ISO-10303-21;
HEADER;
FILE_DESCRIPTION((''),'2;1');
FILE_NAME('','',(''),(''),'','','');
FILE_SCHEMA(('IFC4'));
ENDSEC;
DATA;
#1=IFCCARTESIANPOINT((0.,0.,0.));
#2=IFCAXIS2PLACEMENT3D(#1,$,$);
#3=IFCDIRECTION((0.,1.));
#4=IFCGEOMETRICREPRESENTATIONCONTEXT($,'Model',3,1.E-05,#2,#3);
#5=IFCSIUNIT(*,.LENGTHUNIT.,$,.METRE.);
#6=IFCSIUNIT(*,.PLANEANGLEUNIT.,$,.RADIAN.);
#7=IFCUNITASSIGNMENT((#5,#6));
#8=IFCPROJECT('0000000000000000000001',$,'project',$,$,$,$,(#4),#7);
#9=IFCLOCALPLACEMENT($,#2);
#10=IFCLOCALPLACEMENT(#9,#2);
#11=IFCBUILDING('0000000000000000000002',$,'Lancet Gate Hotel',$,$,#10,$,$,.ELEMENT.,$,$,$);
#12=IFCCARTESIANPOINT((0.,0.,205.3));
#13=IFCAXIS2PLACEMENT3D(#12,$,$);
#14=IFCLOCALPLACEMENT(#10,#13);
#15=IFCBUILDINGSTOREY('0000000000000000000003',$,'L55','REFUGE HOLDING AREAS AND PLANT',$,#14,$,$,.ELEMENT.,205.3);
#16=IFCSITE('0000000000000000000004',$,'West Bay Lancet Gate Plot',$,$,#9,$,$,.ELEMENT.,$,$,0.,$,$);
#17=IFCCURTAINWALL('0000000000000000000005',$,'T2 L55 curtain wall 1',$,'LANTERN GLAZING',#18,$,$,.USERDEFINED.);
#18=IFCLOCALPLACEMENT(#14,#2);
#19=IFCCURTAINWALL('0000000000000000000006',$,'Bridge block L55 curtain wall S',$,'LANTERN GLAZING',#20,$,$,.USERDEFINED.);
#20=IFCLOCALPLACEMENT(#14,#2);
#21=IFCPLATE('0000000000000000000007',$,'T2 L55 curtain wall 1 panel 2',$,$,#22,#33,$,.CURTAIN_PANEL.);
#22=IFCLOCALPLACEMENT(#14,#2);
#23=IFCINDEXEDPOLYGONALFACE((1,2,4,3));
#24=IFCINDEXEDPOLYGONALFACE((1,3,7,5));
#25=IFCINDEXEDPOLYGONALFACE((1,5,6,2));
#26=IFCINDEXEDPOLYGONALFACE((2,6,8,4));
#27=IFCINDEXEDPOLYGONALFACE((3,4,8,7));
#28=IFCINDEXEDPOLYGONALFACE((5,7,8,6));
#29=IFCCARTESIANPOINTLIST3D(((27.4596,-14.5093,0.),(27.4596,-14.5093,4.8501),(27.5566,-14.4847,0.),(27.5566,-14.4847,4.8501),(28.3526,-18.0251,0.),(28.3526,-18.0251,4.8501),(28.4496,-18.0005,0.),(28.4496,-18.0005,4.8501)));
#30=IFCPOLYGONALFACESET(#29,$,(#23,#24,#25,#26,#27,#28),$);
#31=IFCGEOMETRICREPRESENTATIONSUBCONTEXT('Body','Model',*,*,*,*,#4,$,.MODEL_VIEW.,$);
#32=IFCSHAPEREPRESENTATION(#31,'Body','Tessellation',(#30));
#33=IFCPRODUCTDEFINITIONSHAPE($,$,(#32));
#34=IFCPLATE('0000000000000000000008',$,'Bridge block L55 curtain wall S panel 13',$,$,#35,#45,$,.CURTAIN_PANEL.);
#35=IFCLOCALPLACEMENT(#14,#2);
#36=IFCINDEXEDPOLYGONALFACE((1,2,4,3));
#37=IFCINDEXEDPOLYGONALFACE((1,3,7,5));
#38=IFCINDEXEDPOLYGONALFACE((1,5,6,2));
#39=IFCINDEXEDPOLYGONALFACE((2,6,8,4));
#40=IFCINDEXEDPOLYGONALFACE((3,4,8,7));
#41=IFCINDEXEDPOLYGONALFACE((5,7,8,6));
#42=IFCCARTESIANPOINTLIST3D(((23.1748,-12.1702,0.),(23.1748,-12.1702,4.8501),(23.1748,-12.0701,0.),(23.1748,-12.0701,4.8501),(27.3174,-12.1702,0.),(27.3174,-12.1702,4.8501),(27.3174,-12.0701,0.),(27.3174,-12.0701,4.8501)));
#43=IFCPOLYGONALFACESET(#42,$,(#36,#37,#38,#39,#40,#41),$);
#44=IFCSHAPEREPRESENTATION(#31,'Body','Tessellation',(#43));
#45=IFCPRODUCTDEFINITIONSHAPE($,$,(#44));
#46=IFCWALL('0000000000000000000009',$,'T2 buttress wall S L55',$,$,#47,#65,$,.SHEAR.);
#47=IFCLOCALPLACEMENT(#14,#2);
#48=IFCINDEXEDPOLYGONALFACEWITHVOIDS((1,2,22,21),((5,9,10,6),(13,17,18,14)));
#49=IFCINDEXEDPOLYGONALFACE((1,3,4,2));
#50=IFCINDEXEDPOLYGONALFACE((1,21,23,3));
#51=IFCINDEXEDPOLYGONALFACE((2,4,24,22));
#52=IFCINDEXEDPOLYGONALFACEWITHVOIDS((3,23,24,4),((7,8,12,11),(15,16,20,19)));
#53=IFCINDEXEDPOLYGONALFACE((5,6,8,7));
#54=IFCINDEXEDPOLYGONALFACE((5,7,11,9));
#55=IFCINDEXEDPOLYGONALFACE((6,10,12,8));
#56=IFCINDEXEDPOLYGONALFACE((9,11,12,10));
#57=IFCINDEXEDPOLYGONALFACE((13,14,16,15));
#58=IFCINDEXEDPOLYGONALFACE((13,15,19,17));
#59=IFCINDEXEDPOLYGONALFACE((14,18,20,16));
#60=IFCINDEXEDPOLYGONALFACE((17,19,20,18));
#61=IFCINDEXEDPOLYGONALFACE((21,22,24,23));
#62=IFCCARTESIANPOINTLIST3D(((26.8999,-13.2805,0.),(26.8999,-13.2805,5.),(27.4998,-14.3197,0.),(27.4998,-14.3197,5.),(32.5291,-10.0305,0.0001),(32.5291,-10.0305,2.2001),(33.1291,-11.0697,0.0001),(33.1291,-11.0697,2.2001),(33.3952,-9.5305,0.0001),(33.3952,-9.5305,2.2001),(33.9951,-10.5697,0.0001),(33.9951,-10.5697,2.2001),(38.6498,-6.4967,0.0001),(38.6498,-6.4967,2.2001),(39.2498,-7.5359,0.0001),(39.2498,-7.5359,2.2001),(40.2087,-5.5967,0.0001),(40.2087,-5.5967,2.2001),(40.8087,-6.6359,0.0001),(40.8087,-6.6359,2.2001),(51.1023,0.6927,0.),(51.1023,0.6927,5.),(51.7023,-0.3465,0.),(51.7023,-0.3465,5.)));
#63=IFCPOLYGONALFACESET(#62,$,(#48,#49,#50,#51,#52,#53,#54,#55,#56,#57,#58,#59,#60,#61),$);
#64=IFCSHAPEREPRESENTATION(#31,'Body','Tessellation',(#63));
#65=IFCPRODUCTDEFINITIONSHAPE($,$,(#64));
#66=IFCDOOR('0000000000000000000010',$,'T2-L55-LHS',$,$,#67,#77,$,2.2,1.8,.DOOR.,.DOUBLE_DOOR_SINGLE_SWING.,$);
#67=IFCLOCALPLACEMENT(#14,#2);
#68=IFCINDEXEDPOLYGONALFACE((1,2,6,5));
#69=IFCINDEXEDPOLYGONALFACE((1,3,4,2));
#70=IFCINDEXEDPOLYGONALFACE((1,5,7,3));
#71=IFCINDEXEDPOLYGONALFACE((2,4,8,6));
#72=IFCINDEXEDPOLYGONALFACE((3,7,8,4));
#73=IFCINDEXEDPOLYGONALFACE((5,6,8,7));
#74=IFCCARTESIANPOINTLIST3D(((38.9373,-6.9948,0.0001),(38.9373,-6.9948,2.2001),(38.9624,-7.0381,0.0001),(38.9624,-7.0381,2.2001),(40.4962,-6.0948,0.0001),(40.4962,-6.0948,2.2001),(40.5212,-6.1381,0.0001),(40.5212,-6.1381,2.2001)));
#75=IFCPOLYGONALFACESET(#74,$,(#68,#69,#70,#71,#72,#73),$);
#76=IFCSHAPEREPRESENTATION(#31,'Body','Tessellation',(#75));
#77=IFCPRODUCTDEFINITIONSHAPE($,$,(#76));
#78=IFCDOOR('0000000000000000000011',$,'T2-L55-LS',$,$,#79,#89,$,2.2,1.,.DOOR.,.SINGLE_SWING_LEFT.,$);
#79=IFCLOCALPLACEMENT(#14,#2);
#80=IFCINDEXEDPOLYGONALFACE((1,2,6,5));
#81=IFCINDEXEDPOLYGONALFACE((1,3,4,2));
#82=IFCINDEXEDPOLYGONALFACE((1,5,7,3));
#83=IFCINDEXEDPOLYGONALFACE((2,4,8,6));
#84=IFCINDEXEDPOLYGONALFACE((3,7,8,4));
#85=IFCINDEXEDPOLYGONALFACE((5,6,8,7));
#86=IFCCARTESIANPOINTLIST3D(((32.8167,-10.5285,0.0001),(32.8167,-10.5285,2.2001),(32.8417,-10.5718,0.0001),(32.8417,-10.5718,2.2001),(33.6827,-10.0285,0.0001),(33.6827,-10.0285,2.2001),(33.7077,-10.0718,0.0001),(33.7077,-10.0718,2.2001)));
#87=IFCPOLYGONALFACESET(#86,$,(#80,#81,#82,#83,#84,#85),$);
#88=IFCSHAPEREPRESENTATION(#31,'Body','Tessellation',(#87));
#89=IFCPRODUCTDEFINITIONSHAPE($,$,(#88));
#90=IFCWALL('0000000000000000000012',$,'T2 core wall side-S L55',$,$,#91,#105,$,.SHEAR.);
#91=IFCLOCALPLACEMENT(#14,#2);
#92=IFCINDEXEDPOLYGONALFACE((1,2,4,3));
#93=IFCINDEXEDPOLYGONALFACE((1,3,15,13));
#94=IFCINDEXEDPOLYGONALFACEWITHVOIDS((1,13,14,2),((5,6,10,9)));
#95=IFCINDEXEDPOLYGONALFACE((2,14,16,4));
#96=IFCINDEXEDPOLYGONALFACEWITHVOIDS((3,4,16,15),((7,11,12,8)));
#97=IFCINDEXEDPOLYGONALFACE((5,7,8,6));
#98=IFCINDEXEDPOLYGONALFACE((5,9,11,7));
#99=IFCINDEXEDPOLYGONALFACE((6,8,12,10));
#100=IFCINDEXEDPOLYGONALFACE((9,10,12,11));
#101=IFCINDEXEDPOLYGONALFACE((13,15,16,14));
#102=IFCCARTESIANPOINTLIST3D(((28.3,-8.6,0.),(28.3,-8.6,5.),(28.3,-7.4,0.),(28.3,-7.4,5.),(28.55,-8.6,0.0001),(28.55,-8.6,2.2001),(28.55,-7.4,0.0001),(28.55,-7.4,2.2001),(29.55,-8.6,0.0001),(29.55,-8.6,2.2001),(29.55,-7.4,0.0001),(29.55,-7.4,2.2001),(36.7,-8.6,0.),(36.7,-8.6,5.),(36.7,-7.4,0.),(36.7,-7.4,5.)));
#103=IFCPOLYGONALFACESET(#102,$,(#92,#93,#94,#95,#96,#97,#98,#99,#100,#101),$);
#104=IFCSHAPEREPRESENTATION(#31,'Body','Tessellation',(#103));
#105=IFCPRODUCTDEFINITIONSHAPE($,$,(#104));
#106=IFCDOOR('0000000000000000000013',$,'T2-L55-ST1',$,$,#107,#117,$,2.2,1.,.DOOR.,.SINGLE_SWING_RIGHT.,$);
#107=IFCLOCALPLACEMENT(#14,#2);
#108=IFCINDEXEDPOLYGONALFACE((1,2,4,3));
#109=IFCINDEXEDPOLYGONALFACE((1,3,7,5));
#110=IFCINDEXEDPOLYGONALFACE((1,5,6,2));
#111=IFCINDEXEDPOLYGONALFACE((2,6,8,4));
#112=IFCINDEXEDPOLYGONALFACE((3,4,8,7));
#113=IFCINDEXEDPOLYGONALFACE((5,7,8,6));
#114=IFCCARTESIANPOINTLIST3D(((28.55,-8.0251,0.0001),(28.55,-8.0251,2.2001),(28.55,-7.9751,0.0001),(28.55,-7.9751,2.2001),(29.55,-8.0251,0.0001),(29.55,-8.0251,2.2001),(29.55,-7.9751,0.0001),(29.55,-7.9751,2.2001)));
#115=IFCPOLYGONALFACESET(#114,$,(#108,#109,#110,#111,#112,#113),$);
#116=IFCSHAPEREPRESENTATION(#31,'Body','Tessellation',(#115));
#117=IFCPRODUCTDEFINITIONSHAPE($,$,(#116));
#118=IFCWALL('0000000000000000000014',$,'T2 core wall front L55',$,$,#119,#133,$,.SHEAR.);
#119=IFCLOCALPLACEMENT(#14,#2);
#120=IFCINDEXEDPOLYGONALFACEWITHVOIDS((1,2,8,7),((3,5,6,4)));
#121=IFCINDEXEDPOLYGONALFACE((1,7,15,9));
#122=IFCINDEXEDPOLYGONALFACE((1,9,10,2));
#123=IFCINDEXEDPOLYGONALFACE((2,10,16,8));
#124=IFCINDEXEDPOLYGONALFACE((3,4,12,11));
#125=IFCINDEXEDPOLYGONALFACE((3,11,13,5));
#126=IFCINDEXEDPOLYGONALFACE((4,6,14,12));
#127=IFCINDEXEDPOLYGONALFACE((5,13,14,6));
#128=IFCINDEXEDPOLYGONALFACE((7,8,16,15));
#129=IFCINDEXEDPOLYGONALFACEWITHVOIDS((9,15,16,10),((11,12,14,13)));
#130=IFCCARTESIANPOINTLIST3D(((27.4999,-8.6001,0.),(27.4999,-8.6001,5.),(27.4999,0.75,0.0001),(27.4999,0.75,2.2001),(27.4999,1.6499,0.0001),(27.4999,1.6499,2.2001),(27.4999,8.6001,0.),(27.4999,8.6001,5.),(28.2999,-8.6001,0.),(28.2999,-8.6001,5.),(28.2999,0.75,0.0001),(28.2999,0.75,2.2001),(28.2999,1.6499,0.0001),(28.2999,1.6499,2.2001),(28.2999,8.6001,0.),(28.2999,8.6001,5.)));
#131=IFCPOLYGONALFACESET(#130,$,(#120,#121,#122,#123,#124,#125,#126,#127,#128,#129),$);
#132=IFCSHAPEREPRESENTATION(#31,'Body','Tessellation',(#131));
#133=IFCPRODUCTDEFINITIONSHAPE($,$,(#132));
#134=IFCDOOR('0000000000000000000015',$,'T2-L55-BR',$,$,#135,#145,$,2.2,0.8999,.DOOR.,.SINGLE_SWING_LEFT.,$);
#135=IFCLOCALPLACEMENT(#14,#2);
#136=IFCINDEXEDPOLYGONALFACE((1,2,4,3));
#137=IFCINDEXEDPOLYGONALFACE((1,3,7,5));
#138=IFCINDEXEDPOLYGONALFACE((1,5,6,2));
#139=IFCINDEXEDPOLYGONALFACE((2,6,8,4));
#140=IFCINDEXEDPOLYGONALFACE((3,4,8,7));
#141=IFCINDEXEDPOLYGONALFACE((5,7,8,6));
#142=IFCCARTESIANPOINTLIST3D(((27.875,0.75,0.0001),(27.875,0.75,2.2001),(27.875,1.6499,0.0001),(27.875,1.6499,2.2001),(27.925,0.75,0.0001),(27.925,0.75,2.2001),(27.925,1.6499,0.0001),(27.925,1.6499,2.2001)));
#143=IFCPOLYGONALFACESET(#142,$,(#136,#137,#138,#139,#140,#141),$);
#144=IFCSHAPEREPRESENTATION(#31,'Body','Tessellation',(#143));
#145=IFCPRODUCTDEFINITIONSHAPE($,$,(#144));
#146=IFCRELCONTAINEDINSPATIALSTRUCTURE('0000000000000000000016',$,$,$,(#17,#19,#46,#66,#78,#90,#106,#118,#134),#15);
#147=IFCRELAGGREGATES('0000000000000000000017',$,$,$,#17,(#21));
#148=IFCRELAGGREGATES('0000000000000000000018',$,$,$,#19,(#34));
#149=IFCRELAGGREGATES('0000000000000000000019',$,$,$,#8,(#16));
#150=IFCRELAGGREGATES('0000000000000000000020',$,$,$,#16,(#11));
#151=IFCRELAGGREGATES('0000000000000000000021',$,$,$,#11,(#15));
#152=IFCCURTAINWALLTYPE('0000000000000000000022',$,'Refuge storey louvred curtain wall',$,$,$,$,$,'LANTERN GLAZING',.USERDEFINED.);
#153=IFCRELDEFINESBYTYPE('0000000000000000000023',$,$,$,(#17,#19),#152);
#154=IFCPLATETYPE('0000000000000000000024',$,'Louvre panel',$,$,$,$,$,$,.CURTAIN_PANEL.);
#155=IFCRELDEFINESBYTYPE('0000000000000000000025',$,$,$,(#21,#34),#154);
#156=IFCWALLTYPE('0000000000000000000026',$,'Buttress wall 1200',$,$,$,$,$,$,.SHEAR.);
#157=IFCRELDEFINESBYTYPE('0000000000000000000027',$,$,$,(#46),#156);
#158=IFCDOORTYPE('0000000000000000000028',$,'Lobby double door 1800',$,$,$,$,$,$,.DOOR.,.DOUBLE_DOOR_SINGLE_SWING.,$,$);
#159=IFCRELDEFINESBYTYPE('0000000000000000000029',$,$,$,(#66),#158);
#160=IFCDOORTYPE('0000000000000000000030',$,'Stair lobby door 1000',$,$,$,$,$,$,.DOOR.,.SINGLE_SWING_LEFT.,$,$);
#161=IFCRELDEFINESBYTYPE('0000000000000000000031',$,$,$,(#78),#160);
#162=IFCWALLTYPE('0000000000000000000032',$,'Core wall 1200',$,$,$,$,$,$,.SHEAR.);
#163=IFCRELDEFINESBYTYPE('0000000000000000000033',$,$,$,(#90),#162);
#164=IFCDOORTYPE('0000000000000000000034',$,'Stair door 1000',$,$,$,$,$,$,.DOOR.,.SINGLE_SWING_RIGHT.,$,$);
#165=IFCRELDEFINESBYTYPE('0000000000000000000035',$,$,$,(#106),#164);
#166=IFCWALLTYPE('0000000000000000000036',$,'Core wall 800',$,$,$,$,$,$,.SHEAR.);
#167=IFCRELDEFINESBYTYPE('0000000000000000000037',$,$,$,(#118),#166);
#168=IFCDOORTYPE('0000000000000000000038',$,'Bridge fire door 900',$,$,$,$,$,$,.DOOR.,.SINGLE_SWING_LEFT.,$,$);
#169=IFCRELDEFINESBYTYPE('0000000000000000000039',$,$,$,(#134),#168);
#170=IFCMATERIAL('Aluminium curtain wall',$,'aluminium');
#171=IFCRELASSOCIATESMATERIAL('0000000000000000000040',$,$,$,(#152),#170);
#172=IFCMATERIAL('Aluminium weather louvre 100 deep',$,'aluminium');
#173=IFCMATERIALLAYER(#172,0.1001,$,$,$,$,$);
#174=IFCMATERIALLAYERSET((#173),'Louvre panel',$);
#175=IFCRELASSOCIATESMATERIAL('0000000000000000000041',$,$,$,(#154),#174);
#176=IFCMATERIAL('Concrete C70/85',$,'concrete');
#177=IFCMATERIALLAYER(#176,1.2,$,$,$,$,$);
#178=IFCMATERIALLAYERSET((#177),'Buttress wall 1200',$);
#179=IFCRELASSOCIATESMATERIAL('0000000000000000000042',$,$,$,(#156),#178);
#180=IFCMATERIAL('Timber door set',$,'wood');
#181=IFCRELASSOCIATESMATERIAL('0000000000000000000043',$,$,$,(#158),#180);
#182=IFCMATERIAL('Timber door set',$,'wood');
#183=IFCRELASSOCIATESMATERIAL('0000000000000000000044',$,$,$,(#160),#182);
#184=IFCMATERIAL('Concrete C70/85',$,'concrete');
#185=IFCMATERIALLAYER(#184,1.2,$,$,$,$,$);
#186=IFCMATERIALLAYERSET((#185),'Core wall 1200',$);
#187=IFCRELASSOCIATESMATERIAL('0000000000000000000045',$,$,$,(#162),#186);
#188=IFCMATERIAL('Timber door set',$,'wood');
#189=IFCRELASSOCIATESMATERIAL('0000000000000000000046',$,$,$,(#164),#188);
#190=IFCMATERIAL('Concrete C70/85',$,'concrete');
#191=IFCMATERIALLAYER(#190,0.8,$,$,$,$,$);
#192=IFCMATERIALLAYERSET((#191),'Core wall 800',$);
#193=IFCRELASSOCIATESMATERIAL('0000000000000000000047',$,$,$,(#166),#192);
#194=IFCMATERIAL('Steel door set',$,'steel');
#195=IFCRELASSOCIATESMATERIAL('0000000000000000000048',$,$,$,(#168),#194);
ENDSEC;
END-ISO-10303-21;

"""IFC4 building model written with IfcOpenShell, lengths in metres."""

from ifc_helpers import new_model, si_unit, direction, frame, frame_2d, origin, origin_2d, place, context, subcontext, project, spatial, rectangle, extrude, material, layer, layer_set, type_object, element, fill, aggregate, save


model = new_model("IFC4")

# Units and contexts
model_context = context("Model", 3, precision=1e-05, world=origin(), true_north=direction((0.0, 1.0)))
body_context = subcontext(model_context, "Body", "Model", "MODEL_VIEW")
ifc_project = project(units=[si_unit("LENGTHUNIT", "METRE"), si_unit("PLANEANGLEUNIT", "RADIAN")], contexts=[model_context])

# Site, building, storey
site_placement = place(None, origin())
site = spatial("IfcSite", under=ifc_project, at=site_placement, Name="West Bay Lancet Gate Plot", CompositionType="ELEMENT", RefElevation=0.0)
building_placement = place(site_placement, origin())
building = spatial("IfcBuilding", under=site, at=building_placement, Name="Lancet Gate Hotel", CompositionType="ELEMENT")
storey_placement = place(building_placement, frame((0.0, 0.0, 205.3)))
storey = spatial("IfcBuildingStorey", under=building, at=storey_placement, Name="L55", Description="REFUGE HOLDING AREAS AND PLANT", CompositionType="ELEMENT", Elevation=205.3)

# Curtain walls
ifc_material_1 = material(Name="Aluminium curtain wall", Category="aluminium")
curtain_wall_type = type_object("IfcCurtainWallType", Name="Refuge storey louvred curtain wall", ElementType="LANTERN GLAZING", PredefinedType="USERDEFINED", material=ifc_material_1)
curtain_wall_1_placement = place(storey_placement, origin())
curtain_wall_1 = element("IfcCurtainWall", 1, at=curtain_wall_1_placement, inside=storey, type_object=curtain_wall_type, Name="T2 L55 curtain wall 1", ObjectType="LANTERN GLAZING", PredefinedType="USERDEFINED")
curtain_wall_2_placement = place(storey_placement, origin())
curtain_wall_2 = element("IfcCurtainWall", 2, at=curtain_wall_2_placement, inside=storey, type_object=curtain_wall_type, Name="Bridge block L55 curtain wall S", ObjectType="LANTERN GLAZING", PredefinedType="USERDEFINED")

# Plates
ifc_material_2 = material(Name="Aluminium weather louvre 100 deep", Category="aluminium")
ifc_layer_1 = layer(ifc_material_2, 0.1001)
ifc_layer_set_1 = layer_set([ifc_layer_1], Name="Louvre panel")
plate_type = type_object("IfcPlateType", Name="Louvre panel", PredefinedType="CURTAIN_PANEL", material=ifc_layer_set_1)
plate_1_placement = place(storey_placement, frame((27.9546, -16.2549, 0.0), z_axis=(0.0, 0.0, 1.0), x_axis=(0.246167, -0.969228, 0.0)))
plate_1 = element("IfcPlate", 3, at=plate_1_placement, type_object=plate_type, Name="T2 L55 curtain wall 1 panel 2", PredefinedType="CURTAIN_PANEL", context=body_context, shape_type="SweptSolid", body=[
    extrude(rectangle(XDim=3.6274, YDim=0.1001, at=origin_2d()), origin(), (0.0, 0.0, 1.0), 4.8501),
])
aggregate(curtain_wall_1, [plate_1])
plate_2_placement = place(storey_placement, frame((25.2461, -12.1201, 0.0), z_axis=(0.0, 0.0, 1.0), x_axis=(1.0, 0.0, 0.0)))
plate_2 = element("IfcPlate", 4, at=plate_2_placement, type_object=plate_type, Name="Bridge block L55 curtain wall S panel 13", PredefinedType="CURTAIN_PANEL", context=body_context, shape_type="SweptSolid", body=[
    extrude(rectangle(XDim=4.1426, YDim=0.1001, at=origin_2d()), origin(), (0.0, 0.0, 1.0), 4.8501),
])
aggregate(curtain_wall_2, [plate_2])

# Wall, openings, doors
ifc_material_3 = material(Name="Concrete C70/85", Category="concrete")
ifc_layer_2 = layer(ifc_material_3, 1.2)
ifc_layer_set_2 = layer_set([ifc_layer_2], Name="Buttress wall 1200")
wall_type_1 = type_object("IfcWallType", Name="Buttress wall 1200", PredefinedType="SHEAR", material=ifc_layer_set_2)
wall_1_placement = place(storey_placement, frame((27.2, -13.8, 0.0), z_axis=(0.0, 0.0, 1.0), x_axis=(0.866027, 0.499997, 0.0)))
wall_1 = element("IfcWall", 5, at=wall_1_placement, inside=storey, type_object=wall_type_1, Name="T2 buttress wall S L55", PredefinedType="SHEAR", context=body_context, shape_type="SweptSolid", body=[
    extrude(rectangle(XDim=27.9465, YDim=1.2, at=frame_2d((13.9731, 0.0))), origin(), (0.0, 0.0, 1.0), 5.0),
])
opening_1_placement = place(wall_1_placement, frame((6.5, 0.0, 0.0)))
opening_1 = element("IfcOpeningElement", 6, at=opening_1_placement, cuts=wall_1, PredefinedType="OPENING", context=body_context, shape_type="SweptSolid", body=[
    extrude(rectangle(XDim=1.0, YDim=2.2, at=frame_2d((0.5, 1.1001))), frame((0.0, 0.6099, 0.0), z_axis=(0.0, -1.0, 0.0), x_axis=(1.0, 0.0, 0.0)), (0.0, 0.0, 1.0), 1.22),
])
opening_2_placement = place(wall_1_placement, frame((13.5676, 0.0, 0.0)))
opening_2 = element("IfcOpeningElement", 7, at=opening_2_placement, cuts=wall_1, PredefinedType="OPENING", context=body_context, shape_type="SweptSolid", body=[
    extrude(rectangle(XDim=1.8, YDim=2.2, at=frame_2d((0.8999, 1.1001))), frame((0.0, 0.6099, 0.0), z_axis=(0.0, -1.0, 0.0), x_axis=(1.0, 0.0, 0.0)), (0.0, 0.0, 1.0), 1.22),
])
ifc_material_4 = material(Name="Timber door set", Category="wood")
door_type_1 = type_object("IfcDoorType", Name="Lobby double door 1800", OperationType="DOUBLE_DOOR_SINGLE_SWING", PredefinedType="DOOR", material=ifc_material_4)
door_1_placement = place(opening_2_placement, origin())
door_1 = element("IfcDoor", 8, at=door_1_placement, inside=storey, type_object=door_type_1, Name="T2-L55-LHS", OperationType="DOUBLE_DOOR_SINGLE_SWING", OverallHeight=2.2, OverallWidth=1.8, PredefinedType="DOOR", context=body_context, shape_type="SweptSolid", body=[
    extrude(rectangle(XDim=1.8, YDim=2.2, at=frame_2d((0.8999, 1.1001))), frame((0.0, 0.0249, 0.0), z_axis=(0.0, -1.0, 0.0), x_axis=(1.0, 0.0, 0.0)), (0.0, 0.0, 1.0), 0.05),
])
fill(opening_2, door_1)
ifc_material_5 = material(Name="Timber door set", Category="wood")
door_type_2 = type_object("IfcDoorType", Name="Stair lobby door 1000", OperationType="SINGLE_SWING_LEFT", PredefinedType="DOOR", material=ifc_material_5)
door_2_placement = place(opening_1_placement, origin())
door_2 = element("IfcDoor", 9, at=door_2_placement, inside=storey, type_object=door_type_2, Name="T2-L55-LS", OperationType="SINGLE_SWING_LEFT", OverallHeight=2.2, OverallWidth=1.0, PredefinedType="DOOR", context=body_context, shape_type="SweptSolid", body=[
    extrude(rectangle(XDim=1.0, YDim=2.2, at=frame_2d((0.5, 1.1001))), frame((0.0, 0.0249, 0.0), z_axis=(0.0, -1.0, 0.0), x_axis=(1.0, 0.0, 0.0)), (0.0, 0.0, 1.0), 0.05),
])
fill(opening_1, door_2)

# Walls, openings, doors
ifc_material_6 = material(Name="Concrete C70/85", Category="concrete")
ifc_layer_3 = layer(ifc_material_6, 1.2)
ifc_layer_set_3 = layer_set([ifc_layer_3], Name="Core wall 1200")
wall_type_2 = type_object("IfcWallType", Name="Core wall 1200", PredefinedType="SHEAR", material=ifc_layer_set_3)
wall_2_placement = place(storey_placement, frame((28.3, -8.0, 0.0), z_axis=(0.0, 0.0, 1.0), x_axis=(1.0, 0.0, 0.0)))
wall_2 = element("IfcWall", 10, at=wall_2_placement, inside=storey, type_object=wall_type_2, Name="T2 core wall side-S L55", PredefinedType="SHEAR", context=body_context, shape_type="SweptSolid", body=[
    extrude(rectangle(XDim=8.3999, YDim=1.2, at=frame_2d((4.2, 0.0))), origin(), (0.0, 0.0, 1.0), 5.0),
])
opening_3_placement = place(wall_2_placement, frame((0.25, 0.0, 0.0)))
opening_3 = element("IfcOpeningElement", 11, at=opening_3_placement, cuts=wall_2, PredefinedType="OPENING", context=body_context, shape_type="SweptSolid", body=[
    extrude(rectangle(XDim=1.0, YDim=2.2, at=frame_2d((0.5, 1.1001))), frame((0.0, 0.6099, 0.0), z_axis=(0.0, -1.0, 0.0), x_axis=(1.0, 0.0, 0.0)), (0.0, 0.0, 1.0), 1.22),
])
ifc_material_7 = material(Name="Timber door set", Category="wood")
door_type_3 = type_object("IfcDoorType", Name="Stair door 1000", OperationType="SINGLE_SWING_RIGHT", PredefinedType="DOOR", material=ifc_material_7)
door_3_placement = place(opening_3_placement, origin())
door_3 = element("IfcDoor", 12, at=door_3_placement, inside=storey, type_object=door_type_3, Name="T2-L55-ST1", OperationType="SINGLE_SWING_RIGHT", OverallHeight=2.2, OverallWidth=1.0, PredefinedType="DOOR", context=body_context, shape_type="SweptSolid", body=[
    extrude(rectangle(XDim=1.0, YDim=2.2, at=frame_2d((0.5, 1.1001))), frame((0.0, 0.0249, 0.0), z_axis=(0.0, -1.0, 0.0), x_axis=(1.0, 0.0, 0.0)), (0.0, 0.0, 1.0), 0.05),
])
fill(opening_3, door_3)
ifc_material_8 = material(Name="Concrete C70/85", Category="concrete")
ifc_layer_4 = layer(ifc_material_8, 0.8)
ifc_layer_set_4 = layer_set([ifc_layer_4], Name="Core wall 800")
wall_type_3 = type_object("IfcWallType", Name="Core wall 800", PredefinedType="SHEAR", material=ifc_layer_set_4)
wall_3_placement = place(storey_placement, frame((27.8999, -8.6001, 0.0), z_axis=(0.0, 0.0, 1.0), x_axis=(0.0, 1.0, 0.0)))
wall_3 = element("IfcWall", 13, at=wall_3_placement, inside=storey, type_object=wall_type_3, Name="T2 core wall front L55", PredefinedType="SHEAR", context=body_context, shape_type="SweptSolid", body=[
    extrude(rectangle(XDim=17.2002, YDim=0.8, at=frame_2d((8.6001, 0.0))), origin(), (0.0, 0.0, 1.0), 5.0),
])
opening_4_placement = place(wall_3_placement, frame((9.3501, 0.0, 0.0)))
opening_4 = element("IfcOpeningElement", 14, at=opening_4_placement, cuts=wall_3, PredefinedType="OPENING", context=body_context, shape_type="SweptSolid", body=[
    extrude(rectangle(XDim=0.8999, YDim=2.2, at=frame_2d((0.45, 1.1001))), frame((0.0, 0.4099, 0.0), z_axis=(0.0, -1.0, 0.0), x_axis=(1.0, 0.0, 0.0)), (0.0, 0.0, 1.0), 0.8201),
])
ifc_material_9 = material(Name="Steel door set", Category="steel")
door_type_4 = type_object("IfcDoorType", Name="Bridge fire door 900", OperationType="SINGLE_SWING_LEFT", PredefinedType="DOOR", material=ifc_material_9)
door_4_placement = place(opening_4_placement, origin())
door_4 = element("IfcDoor", 15, at=door_4_placement, inside=storey, type_object=door_type_4, Name="T2-L55-BR", OperationType="SINGLE_SWING_LEFT", OverallHeight=2.2, OverallWidth=0.8999, PredefinedType="DOOR", context=body_context, shape_type="SweptSolid", body=[
    extrude(rectangle(XDim=0.8999, YDim=2.2, at=frame_2d((0.45, 1.1001))), frame((0.0, 0.0249, 0.0), z_axis=(0.0, -1.0, 0.0), x_axis=(1.0, 0.0, 0.0)), (0.0, 0.0, 1.0), 0.05),
])
fill(opening_4, door_4)

save(model, "model.ifc")
